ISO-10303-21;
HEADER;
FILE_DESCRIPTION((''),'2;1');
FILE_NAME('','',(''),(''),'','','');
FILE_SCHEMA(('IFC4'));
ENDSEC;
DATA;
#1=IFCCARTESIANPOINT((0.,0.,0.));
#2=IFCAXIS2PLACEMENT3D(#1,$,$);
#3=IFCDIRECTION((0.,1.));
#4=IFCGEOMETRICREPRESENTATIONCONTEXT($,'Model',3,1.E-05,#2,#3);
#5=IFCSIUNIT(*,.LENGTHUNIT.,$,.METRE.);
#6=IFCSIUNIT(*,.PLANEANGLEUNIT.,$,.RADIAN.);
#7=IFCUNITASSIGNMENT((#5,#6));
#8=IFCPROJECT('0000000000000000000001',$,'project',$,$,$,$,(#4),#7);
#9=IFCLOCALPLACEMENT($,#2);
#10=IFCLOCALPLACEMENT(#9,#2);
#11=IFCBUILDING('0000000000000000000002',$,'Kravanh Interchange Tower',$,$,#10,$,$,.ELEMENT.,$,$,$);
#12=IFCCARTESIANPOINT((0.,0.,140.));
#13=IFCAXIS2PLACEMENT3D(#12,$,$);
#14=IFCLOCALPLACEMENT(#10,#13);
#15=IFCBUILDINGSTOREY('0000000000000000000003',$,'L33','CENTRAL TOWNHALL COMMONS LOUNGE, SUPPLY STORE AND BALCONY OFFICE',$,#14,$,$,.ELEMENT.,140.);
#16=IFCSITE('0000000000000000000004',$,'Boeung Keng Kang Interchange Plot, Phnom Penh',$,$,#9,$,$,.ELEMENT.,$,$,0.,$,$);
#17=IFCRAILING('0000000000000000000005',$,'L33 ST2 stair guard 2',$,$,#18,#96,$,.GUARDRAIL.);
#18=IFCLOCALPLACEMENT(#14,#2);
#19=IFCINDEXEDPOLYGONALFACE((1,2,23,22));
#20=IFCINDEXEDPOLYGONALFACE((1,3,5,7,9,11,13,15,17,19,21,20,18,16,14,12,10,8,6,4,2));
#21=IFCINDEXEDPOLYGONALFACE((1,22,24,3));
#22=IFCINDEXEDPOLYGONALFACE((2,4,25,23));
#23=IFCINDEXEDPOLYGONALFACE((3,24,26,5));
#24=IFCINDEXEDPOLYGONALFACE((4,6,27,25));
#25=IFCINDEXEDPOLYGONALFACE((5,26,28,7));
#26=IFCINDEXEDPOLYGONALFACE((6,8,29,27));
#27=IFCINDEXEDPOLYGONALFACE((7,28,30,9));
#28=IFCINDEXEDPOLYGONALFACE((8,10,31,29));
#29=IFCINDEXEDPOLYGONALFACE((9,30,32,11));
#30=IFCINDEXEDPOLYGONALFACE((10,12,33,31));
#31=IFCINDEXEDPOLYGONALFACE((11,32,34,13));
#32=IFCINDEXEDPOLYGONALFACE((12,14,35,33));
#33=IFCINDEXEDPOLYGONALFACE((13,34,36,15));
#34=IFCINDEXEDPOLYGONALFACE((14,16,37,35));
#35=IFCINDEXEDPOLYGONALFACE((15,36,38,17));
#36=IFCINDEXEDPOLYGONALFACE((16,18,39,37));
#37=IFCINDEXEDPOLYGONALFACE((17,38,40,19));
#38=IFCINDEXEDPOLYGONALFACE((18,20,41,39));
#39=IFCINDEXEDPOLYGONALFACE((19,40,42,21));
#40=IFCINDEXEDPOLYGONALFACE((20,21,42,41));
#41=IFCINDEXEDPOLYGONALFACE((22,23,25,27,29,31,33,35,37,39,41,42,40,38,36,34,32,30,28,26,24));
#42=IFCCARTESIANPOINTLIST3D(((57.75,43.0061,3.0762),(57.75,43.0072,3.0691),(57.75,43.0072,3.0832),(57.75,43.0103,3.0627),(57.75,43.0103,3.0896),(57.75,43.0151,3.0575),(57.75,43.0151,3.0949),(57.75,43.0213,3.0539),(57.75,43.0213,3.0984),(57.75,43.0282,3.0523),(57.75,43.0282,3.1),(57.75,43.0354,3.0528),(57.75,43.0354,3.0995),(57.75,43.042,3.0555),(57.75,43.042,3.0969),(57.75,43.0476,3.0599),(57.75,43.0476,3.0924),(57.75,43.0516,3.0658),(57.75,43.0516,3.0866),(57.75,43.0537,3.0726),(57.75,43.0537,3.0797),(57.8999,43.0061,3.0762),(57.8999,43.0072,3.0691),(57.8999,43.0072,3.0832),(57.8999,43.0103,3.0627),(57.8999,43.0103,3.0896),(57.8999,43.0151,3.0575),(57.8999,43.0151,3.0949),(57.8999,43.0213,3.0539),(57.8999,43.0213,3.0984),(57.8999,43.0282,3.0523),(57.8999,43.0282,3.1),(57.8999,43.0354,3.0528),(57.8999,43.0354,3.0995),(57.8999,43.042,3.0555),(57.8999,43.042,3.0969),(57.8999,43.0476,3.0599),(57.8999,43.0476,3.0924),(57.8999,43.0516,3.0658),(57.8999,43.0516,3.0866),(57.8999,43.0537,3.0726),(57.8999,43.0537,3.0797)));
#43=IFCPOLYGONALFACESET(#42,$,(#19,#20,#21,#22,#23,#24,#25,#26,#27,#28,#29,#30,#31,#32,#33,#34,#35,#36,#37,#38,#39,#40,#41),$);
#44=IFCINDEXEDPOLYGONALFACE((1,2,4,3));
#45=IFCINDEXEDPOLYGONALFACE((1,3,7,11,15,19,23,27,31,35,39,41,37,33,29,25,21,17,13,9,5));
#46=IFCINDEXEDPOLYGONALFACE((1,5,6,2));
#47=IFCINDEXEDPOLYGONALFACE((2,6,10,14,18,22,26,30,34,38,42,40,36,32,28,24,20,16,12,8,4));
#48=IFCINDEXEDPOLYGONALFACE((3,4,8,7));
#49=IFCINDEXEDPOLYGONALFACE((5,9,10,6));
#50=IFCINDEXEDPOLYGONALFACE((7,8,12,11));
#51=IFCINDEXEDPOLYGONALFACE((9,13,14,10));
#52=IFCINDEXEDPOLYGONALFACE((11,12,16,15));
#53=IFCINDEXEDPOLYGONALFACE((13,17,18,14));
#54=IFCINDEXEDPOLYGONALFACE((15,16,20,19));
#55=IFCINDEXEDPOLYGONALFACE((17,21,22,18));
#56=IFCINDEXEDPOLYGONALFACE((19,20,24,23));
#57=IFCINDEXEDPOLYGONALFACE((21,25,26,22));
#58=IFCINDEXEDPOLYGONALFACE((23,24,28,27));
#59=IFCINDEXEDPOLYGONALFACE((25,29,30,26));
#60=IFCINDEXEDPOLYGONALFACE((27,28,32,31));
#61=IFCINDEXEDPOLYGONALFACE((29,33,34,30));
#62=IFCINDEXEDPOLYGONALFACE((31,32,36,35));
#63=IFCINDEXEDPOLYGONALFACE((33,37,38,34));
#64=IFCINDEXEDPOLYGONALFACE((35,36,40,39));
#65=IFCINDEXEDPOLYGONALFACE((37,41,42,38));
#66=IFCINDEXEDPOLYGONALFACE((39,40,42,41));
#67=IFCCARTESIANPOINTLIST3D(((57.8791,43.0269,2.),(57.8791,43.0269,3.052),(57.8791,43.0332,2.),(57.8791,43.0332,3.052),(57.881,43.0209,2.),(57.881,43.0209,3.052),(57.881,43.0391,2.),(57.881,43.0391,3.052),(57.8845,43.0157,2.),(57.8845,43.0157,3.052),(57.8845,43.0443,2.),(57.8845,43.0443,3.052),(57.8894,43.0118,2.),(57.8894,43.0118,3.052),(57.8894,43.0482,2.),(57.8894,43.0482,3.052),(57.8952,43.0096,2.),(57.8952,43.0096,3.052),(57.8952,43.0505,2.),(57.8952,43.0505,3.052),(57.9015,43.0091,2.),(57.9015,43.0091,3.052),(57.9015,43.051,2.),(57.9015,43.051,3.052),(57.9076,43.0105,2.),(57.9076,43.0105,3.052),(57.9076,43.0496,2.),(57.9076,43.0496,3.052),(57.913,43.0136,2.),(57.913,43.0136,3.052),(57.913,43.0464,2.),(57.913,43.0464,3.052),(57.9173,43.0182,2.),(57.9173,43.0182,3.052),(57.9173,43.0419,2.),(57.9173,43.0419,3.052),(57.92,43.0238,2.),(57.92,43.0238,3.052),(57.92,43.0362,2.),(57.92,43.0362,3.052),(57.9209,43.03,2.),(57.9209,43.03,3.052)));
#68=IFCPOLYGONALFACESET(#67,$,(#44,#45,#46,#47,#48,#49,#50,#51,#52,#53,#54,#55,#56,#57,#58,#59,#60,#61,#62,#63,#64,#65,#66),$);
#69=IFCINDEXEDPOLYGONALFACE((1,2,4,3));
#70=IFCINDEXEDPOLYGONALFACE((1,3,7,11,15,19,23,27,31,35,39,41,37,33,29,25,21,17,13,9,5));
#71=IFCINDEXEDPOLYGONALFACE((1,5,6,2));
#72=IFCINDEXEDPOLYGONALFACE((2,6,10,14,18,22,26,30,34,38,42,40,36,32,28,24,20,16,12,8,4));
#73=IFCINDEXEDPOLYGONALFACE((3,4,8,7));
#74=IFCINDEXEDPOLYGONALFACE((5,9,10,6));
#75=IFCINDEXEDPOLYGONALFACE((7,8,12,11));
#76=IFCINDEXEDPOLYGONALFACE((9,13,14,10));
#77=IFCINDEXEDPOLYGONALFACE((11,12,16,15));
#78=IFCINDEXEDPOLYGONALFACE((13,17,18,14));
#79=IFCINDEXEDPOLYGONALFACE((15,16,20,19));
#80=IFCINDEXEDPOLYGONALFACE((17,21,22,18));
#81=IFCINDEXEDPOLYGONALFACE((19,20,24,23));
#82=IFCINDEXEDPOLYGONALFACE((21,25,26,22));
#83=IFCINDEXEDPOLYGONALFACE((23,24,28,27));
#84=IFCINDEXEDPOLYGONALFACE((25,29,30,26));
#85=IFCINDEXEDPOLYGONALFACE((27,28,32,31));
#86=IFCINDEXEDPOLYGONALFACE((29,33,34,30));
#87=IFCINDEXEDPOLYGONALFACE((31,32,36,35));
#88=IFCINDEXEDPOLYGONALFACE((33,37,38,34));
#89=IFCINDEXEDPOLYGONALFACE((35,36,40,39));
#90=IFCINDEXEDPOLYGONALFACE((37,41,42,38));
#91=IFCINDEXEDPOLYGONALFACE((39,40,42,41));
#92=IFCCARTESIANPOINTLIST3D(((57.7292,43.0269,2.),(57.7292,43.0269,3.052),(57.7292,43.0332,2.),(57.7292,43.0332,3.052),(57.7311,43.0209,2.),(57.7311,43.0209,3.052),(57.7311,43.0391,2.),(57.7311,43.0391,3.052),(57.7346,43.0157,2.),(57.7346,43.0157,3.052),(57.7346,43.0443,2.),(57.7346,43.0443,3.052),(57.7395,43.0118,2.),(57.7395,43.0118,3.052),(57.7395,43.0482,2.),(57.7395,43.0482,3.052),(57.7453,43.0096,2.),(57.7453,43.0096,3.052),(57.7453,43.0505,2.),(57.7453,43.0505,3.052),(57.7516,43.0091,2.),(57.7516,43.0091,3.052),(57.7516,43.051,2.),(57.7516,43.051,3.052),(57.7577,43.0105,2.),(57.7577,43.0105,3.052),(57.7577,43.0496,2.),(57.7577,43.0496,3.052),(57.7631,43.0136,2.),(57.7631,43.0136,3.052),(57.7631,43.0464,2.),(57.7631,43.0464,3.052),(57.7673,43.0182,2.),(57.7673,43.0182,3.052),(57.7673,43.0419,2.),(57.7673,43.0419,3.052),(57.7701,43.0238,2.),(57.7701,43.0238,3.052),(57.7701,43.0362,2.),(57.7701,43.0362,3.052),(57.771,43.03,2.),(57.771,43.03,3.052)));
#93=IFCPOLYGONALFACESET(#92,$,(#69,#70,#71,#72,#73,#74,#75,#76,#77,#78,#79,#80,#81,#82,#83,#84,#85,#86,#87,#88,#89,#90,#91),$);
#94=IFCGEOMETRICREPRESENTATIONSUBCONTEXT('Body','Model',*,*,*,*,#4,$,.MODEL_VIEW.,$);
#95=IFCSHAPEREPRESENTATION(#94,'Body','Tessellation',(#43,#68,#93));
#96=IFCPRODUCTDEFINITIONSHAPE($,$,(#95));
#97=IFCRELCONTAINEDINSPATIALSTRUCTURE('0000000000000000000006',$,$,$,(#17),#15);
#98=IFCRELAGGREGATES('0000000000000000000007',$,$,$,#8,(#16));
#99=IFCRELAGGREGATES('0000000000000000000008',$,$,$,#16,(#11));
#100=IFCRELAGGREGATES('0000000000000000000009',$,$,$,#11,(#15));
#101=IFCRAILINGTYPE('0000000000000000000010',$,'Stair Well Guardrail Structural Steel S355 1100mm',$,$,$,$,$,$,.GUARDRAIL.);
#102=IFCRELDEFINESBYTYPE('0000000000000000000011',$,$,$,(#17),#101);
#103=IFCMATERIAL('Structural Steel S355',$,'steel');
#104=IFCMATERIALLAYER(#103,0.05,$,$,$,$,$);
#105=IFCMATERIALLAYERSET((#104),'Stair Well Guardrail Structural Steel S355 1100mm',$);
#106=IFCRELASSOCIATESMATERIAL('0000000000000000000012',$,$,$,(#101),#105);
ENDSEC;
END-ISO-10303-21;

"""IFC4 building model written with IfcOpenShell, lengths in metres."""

from ifc_helpers import new_model, si_unit, direction, frame, origin, origin_2d, place, context, subcontext, project, spatial, circle, extrude, material, layer, layer_set, type_object, element, save


model = new_model("IFC4")

# Units and contexts
model_context = context("Model", 3, precision=1e-05, world=origin(), true_north=direction((0.0, 1.0)))
body_context = subcontext(model_context, "Body", "Model", "MODEL_VIEW")
ifc_project = project(units=[si_unit("LENGTHUNIT", "METRE"), si_unit("PLANEANGLEUNIT", "RADIAN")], contexts=[model_context])

# Site, building, storey
site_placement = place(None, origin())
site = spatial("IfcSite", under=ifc_project, at=site_placement, Name="Boeung Keng Kang Interchange Plot, Phnom Penh", CompositionType="ELEMENT", RefElevation=0.0)
building_placement = place(site_placement, origin())
building = spatial("IfcBuilding", under=site, at=building_placement, Name="Kravanh Interchange Tower", CompositionType="ELEMENT")
storey_placement = place(building_placement, frame((0.0, 0.0, 140.0)))
storey = spatial("IfcBuildingStorey", under=building, at=storey_placement, Name="L33", Description="CENTRAL TOWNHALL COMMONS LOUNGE, SUPPLY STORE AND BALCONY OFFICE", CompositionType="ELEMENT", Elevation=140.0)

# Railing
ifc_material_1 = material(Name="Structural Steel S355", Category="steel")
ifc_layer_1 = layer(ifc_material_1, 0.05)
ifc_layer_set_1 = layer_set([ifc_layer_1], Name="Stair Well Guardrail Structural Steel S355 1100mm")
railing_type_1 = type_object("IfcRailingType", Name="Stair Well Guardrail Structural Steel S355 1100mm", PredefinedType="GUARDRAIL", material=ifc_layer_set_1)
railing_1_placement = place(storey_placement, frame((57.8999, 43.03, 2.0)))
element("IfcRailing", 1, at=railing_1_placement, inside=storey, type_object=railing_type_1, Name="L33 ST2 stair guard 2", PredefinedType="GUARDRAIL", context=body_context, shape_type="SweptSolid", body=[
    extrude(circle(Radius=0.0239, at=origin_2d()), frame((0.0, 0.0, 1.0762), z_axis=(-1.0, 0.0, 0.0), x_axis=(0.0, -1.0, 0.0)), (0.0, 0.0, 1.0), 0.1499),
    extrude(circle(Radius=0.021, at=origin_2d()), origin(), (0.0, 0.0, 1.0), 1.052),
    extrude(circle(Radius=0.021, at=origin_2d()), frame((-0.1499, 0.0, 0.0)), (0.0, 0.0, 1.0), 1.052),
])

save(model, "model.ifc")
